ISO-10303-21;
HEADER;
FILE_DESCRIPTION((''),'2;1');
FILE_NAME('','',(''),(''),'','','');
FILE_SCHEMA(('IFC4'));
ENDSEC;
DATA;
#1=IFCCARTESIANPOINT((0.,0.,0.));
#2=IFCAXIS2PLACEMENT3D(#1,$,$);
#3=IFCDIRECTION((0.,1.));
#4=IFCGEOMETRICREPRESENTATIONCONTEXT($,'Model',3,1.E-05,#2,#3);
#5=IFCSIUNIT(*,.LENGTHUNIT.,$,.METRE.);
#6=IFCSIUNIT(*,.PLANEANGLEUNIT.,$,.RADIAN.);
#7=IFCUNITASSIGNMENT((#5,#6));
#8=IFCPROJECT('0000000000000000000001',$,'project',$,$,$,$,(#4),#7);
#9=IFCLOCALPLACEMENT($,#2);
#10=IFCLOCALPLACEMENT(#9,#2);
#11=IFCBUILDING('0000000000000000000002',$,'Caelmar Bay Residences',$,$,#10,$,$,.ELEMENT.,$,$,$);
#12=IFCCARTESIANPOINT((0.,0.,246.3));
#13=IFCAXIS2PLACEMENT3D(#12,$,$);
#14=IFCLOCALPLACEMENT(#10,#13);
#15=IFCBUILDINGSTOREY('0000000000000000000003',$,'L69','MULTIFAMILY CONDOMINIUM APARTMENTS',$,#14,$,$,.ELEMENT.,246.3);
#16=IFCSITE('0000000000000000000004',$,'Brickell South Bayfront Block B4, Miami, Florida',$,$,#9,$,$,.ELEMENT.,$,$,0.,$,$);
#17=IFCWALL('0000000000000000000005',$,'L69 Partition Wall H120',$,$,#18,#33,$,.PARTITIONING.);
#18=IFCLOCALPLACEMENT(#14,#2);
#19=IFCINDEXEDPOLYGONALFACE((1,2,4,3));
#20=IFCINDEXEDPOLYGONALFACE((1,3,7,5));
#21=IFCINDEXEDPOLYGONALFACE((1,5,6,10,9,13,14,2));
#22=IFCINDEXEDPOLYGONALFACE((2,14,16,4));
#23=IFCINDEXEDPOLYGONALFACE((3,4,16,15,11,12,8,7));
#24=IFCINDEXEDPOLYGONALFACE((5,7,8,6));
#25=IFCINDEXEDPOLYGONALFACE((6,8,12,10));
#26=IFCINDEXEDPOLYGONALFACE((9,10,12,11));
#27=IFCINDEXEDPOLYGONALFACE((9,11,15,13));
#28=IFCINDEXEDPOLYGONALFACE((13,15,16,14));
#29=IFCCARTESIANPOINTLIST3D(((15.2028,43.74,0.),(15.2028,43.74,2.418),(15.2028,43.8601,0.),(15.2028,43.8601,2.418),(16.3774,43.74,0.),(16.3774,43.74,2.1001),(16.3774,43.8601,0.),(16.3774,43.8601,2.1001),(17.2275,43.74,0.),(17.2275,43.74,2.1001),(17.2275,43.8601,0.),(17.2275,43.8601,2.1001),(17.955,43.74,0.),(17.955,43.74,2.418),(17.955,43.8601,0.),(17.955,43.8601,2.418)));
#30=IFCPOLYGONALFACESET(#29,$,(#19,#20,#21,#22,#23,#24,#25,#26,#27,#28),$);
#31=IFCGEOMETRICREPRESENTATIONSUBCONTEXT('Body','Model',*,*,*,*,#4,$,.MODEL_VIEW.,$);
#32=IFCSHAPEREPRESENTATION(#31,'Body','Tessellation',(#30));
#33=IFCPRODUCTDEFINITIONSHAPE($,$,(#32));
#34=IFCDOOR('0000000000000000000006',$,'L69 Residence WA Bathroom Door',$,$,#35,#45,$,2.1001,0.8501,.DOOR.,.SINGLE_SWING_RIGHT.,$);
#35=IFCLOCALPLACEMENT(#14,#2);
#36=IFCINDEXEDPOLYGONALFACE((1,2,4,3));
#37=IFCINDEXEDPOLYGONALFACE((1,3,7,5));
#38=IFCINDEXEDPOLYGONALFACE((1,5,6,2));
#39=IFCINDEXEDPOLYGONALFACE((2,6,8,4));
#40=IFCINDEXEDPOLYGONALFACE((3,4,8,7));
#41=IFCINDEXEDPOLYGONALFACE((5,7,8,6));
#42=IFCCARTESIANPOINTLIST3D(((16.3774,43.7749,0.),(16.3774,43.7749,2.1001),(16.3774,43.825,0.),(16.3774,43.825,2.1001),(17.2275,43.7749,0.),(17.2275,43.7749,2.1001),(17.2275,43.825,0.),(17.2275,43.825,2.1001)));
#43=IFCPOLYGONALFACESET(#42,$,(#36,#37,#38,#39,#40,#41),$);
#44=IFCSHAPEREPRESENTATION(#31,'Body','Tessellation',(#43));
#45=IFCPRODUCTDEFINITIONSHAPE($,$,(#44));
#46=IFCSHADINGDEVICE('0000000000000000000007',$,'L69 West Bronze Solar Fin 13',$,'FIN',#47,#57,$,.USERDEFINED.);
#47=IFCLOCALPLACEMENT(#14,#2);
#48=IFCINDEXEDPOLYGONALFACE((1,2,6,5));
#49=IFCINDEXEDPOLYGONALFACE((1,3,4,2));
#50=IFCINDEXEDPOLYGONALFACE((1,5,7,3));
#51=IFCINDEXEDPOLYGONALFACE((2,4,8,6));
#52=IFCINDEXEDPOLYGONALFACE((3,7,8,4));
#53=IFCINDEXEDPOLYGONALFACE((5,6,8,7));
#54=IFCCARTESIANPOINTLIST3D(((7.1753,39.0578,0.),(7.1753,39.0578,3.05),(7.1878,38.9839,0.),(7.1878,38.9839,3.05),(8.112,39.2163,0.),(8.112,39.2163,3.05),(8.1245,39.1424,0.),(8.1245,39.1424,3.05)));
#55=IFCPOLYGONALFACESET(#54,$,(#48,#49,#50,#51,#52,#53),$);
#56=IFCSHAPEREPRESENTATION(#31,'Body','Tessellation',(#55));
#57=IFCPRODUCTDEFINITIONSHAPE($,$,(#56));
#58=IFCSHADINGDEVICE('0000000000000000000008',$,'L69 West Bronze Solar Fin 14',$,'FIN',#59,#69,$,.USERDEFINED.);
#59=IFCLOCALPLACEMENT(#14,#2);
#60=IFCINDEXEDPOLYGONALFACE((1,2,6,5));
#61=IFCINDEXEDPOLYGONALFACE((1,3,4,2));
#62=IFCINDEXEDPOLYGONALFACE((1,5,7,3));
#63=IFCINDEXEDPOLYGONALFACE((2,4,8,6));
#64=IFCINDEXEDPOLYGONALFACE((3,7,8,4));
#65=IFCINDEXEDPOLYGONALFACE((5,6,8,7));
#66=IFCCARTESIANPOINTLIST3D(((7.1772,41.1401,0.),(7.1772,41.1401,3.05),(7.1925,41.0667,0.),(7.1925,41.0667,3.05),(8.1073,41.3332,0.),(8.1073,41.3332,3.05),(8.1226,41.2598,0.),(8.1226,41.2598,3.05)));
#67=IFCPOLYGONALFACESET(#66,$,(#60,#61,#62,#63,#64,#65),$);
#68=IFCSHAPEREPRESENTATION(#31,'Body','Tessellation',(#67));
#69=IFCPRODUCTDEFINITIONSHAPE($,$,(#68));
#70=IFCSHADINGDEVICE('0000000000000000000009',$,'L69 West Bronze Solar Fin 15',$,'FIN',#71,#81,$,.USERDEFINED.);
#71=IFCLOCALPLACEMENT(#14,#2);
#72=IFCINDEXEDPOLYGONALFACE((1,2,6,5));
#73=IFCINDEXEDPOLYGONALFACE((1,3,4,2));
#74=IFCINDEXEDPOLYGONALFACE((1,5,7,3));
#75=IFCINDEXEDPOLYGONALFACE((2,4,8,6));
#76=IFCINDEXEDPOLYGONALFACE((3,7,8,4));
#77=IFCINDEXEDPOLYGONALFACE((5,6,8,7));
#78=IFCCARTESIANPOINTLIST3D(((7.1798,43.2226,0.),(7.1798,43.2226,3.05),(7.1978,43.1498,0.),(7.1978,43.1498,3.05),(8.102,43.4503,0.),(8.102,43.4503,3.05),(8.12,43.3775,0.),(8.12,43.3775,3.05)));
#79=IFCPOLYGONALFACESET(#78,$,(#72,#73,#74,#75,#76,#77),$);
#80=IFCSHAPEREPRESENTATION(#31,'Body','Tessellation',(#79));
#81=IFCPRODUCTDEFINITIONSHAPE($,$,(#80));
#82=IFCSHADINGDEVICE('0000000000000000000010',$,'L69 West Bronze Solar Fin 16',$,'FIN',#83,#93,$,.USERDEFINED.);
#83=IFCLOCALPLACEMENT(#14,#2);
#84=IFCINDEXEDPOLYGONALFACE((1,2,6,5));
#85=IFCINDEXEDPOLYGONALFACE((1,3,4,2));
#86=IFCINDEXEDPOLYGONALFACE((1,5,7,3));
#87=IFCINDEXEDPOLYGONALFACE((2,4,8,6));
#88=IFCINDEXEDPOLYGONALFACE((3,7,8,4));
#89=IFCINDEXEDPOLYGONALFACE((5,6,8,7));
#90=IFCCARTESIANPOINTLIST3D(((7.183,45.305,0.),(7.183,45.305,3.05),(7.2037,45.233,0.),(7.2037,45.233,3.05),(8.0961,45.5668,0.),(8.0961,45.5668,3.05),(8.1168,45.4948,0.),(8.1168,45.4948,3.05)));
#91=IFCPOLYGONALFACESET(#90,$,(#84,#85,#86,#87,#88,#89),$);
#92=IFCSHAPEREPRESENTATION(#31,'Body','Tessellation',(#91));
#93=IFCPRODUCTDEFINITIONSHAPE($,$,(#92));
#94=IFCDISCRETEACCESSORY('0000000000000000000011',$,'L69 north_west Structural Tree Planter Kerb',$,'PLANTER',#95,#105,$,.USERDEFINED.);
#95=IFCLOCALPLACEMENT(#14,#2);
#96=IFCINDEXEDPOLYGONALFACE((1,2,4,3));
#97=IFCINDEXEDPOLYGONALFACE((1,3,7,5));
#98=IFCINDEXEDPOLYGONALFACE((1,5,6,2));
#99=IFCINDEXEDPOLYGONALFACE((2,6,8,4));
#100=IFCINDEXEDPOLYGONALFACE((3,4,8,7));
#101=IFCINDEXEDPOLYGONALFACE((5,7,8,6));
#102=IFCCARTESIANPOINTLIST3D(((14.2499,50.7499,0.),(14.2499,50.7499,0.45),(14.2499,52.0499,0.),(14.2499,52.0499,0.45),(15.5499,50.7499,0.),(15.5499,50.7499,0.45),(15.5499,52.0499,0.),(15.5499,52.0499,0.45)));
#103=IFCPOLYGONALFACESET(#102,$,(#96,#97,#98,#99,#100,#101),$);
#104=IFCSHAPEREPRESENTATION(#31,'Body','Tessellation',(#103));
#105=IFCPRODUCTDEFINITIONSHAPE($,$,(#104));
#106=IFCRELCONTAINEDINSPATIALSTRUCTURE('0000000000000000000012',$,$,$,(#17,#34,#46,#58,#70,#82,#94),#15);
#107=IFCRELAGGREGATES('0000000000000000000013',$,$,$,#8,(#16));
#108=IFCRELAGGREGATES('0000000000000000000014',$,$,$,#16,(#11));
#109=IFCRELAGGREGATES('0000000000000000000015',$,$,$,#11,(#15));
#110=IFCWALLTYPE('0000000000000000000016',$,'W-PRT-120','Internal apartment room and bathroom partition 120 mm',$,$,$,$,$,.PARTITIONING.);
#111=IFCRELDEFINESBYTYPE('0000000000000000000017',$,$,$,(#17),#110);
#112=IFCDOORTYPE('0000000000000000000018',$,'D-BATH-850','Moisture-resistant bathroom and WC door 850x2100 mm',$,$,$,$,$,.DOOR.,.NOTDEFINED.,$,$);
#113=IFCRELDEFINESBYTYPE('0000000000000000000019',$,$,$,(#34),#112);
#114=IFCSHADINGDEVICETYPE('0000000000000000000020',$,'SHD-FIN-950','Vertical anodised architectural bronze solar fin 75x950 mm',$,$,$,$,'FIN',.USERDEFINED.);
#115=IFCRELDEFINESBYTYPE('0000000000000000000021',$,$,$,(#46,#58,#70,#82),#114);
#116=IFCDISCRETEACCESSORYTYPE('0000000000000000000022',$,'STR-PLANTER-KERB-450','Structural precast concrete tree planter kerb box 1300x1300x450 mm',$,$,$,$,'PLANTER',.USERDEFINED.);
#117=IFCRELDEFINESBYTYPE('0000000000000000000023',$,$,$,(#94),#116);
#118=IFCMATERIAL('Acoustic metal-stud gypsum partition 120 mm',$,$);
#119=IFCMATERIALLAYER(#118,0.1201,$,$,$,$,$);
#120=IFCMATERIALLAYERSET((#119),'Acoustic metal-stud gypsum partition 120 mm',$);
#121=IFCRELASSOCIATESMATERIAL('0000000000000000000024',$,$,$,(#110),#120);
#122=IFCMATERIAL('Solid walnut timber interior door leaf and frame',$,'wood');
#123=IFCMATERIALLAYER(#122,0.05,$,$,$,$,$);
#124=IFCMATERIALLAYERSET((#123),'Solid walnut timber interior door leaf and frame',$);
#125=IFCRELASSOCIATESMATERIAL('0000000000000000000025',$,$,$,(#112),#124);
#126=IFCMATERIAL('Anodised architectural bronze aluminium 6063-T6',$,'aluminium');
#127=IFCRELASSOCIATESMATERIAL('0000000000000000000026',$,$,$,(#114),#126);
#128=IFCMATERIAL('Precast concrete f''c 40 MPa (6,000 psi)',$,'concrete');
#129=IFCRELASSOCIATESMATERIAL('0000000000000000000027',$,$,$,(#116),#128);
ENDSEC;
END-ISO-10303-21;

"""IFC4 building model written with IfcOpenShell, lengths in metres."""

from ifc_helpers import new_model, si_unit, direction, frame, frame_2d, origin, origin_2d, place, context, subcontext, project, spatial, rectangle, extrude, material, layer, layer_set, material_profile, profile_set, type_object, element, fill, save


model = new_model("IFC4")

# Units and contexts
model_context = context("Model", 3, precision=1e-05, world=origin(), true_north=direction((0.0, 1.0)))
body_context = subcontext(model_context, "Body", "Model", "MODEL_VIEW")
ifc_project = project(units=[si_unit("LENGTHUNIT", "METRE"), si_unit("PLANEANGLEUNIT", "RADIAN")], contexts=[model_context])

# Site, building, storey
site_placement = place(None, origin())
site = spatial("IfcSite", under=ifc_project, at=site_placement, Name="Brickell South Bayfront Block B4, Miami, Florida", CompositionType="ELEMENT", RefElevation=0.0)
building_placement = place(site_placement, origin())
building = spatial("IfcBuilding", under=site, at=building_placement, Name="Caelmar Bay Residences", CompositionType="ELEMENT")
storey_placement = place(building_placement, frame((0.0, 0.0, 246.3)))
storey = spatial("IfcBuildingStorey", under=building, at=storey_placement, Name="L69", Description="MULTIFAMILY CONDOMINIUM APARTMENTS", CompositionType="ELEMENT", Elevation=246.3)

# Shared definitions
ifc_material_1 = material(Name="Precast concrete f'c 40 MPa (6,000 psi)", Category="concrete")

# Shared definitions
ifc_material_2 = material(Name="Acoustic metal-stud gypsum partition 120 mm")
ifc_layer_1 = layer(ifc_material_2, 0.1201)
ifc_layer_set_1 = layer_set([ifc_layer_1], Name="Acoustic metal-stud gypsum partition 120 mm")
wall_type_1 = type_object("IfcWallType", Name="W-PRT-120", Description="Internal apartment room and bathroom partition 120 mm", PredefinedType="PARTITIONING", material=ifc_layer_set_1)

# Wall, opening, door
ifc_material_3 = material(Name="Solid walnut timber interior door leaf and frame", Category="wood")
wall_1_placement = place(storey_placement, frame((15.2029, 43.8, 0.0), z_axis=(0.0, 0.0, 1.0), x_axis=(1.0, 0.0, 0.0)))
wall_1 = element("IfcWall", 1, at=wall_1_placement, inside=storey, type_object=wall_type_1, Name="L69 Partition Wall H120", PredefinedType="PARTITIONING", context=body_context, shape_type="SweptSolid", body=[
    extrude(rectangle(XDim=2.7522, YDim=0.1201, at=frame_2d((1.376, 0.0))), origin(), (0.0, 0.0, 1.0), 2.418),
])
opening_1_placement = place(wall_1_placement, frame((1.1746, 0.0, 0.0)))
opening_1 = element("IfcOpeningElement", 2, at=opening_1_placement, cuts=wall_1, PredefinedType="OPENING", context=body_context, shape_type="SweptSolid", body=[
    extrude(rectangle(XDim=0.8501, YDim=2.1001, at=frame_2d((0.425, 1.05))), frame((0.0, 0.0701, 0.0), z_axis=(0.0, -1.0, 0.0), x_axis=(1.0, 0.0, 0.0)), (0.0, 0.0, 1.0), 0.1401),
])
ifc_layer_2 = layer(ifc_material_3, 0.05)
ifc_layer_set_2 = layer_set([ifc_layer_2], Name="Solid walnut timber interior door leaf and frame")
door_type_1 = type_object("IfcDoorType", Name="D-BATH-850", Description="Moisture-resistant bathroom and WC door 850x2100 mm", OperationType="NOTDEFINED", PredefinedType="DOOR", material=ifc_layer_set_2)
door_1_placement = place(opening_1_placement, origin())
door_1 = element("IfcDoor", 3, at=door_1_placement, inside=storey, type_object=door_type_1, Name="L69 Residence WA Bathroom Door", OperationType="SINGLE_SWING_RIGHT", OverallHeight=2.1001, OverallWidth=0.8501, PredefinedType="DOOR", context=body_context, shape_type="SweptSolid", body=[
    extrude(rectangle(XDim=0.8501, YDim=2.1001, at=frame_2d((0.425, 1.05))), frame((0.0, 0.0249, 0.0), z_axis=(0.0, -1.0, 0.0), x_axis=(1.0, 0.0, 0.0)), (0.0, 0.0, 1.0), 0.05),
])
fill(opening_1, door_1)

# Shading devices
ifc_material_4 = material(Name="Anodised architectural bronze aluminium 6063-T6", Category="aluminium")
ifc_material_profile_1 = material_profile(ifc_material_4, rectangle(XDim=0.075, YDim=0.95, at=origin_2d()), Name="BRONZE-FIN-75X950")
ifc_profile_set_1 = profile_set([ifc_material_profile_1], Name="Anodised architectural bronze aluminium 6063-T6")
shading_device_type = type_object("IfcShadingDeviceType", Name="SHD-FIN-950", Description="Vertical anodised architectural bronze solar fin 75x950 mm", ElementType="FIN", PredefinedType="USERDEFINED", material=ifc_profile_set_1)
for number, where, z_axis, x_axis, name in (
    (4, (7.6499, 39.1001, 0.0), (0.0, 0.0, 1.0), (-0.166769, 0.985996, 0.0), "L69 West Bronze Solar Fin 13"),
    (5, (7.6499, 41.2, 0.0), (0.0, 0.0, 1.0), (-0.2033, 0.979116, 0.0), "L69 West Bronze Solar Fin 14"),
    (6, (7.6499, 43.3, 0.0), (0.0, 0.0, 1.0), (-0.23972, 0.970842, 0.0), "L69 West Bronze Solar Fin 15"),
    (7, (7.6499, 45.3999, 0.0), (0.0, 0.0, 1.0), (-0.275637, 0.961262, 0.0), "L69 West Bronze Solar Fin 16"),
):
    element("IfcShadingDevice", number, at=place(storey_placement, frame(where, z_axis=z_axis, x_axis=x_axis)), inside=storey, type_object=shading_device_type, Name=name, ObjectType="FIN", PredefinedType="USERDEFINED", context=body_context, shape_type="SweptSolid", body=[
        extrude(rectangle(XDim=0.075, YDim=0.95, at=origin_2d()), origin(), (0.0, 0.0, 1.0), 3.05),
    ])

# Discrete accessory
discrete_accessory_type = type_object("IfcDiscreteAccessoryType", Name="STR-PLANTER-KERB-450", Description="Structural precast concrete tree planter kerb box 1300x1300x450 mm", ElementType="PLANTER", PredefinedType="USERDEFINED", material=ifc_material_1)
discrete_accessory_placement = place(storey_placement, frame((14.8999, 51.3999, 0.0), z_axis=(0.0, 0.0, 1.0), x_axis=(1.0, 0.0, 0.0)))
element("IfcDiscreteAccessory", 8, at=discrete_accessory_placement, inside=storey, type_object=discrete_accessory_type, Name="L69 north_west Structural Tree Planter Kerb", ObjectType="PLANTER", PredefinedType="USERDEFINED", context=body_context, shape_type="SweptSolid", body=[
    extrude(rectangle(XDim=1.3, YDim=1.3, at=origin_2d()), origin(), (0.0, 0.0, 1.0), 0.45),
])

save(model, "model.ifc")
